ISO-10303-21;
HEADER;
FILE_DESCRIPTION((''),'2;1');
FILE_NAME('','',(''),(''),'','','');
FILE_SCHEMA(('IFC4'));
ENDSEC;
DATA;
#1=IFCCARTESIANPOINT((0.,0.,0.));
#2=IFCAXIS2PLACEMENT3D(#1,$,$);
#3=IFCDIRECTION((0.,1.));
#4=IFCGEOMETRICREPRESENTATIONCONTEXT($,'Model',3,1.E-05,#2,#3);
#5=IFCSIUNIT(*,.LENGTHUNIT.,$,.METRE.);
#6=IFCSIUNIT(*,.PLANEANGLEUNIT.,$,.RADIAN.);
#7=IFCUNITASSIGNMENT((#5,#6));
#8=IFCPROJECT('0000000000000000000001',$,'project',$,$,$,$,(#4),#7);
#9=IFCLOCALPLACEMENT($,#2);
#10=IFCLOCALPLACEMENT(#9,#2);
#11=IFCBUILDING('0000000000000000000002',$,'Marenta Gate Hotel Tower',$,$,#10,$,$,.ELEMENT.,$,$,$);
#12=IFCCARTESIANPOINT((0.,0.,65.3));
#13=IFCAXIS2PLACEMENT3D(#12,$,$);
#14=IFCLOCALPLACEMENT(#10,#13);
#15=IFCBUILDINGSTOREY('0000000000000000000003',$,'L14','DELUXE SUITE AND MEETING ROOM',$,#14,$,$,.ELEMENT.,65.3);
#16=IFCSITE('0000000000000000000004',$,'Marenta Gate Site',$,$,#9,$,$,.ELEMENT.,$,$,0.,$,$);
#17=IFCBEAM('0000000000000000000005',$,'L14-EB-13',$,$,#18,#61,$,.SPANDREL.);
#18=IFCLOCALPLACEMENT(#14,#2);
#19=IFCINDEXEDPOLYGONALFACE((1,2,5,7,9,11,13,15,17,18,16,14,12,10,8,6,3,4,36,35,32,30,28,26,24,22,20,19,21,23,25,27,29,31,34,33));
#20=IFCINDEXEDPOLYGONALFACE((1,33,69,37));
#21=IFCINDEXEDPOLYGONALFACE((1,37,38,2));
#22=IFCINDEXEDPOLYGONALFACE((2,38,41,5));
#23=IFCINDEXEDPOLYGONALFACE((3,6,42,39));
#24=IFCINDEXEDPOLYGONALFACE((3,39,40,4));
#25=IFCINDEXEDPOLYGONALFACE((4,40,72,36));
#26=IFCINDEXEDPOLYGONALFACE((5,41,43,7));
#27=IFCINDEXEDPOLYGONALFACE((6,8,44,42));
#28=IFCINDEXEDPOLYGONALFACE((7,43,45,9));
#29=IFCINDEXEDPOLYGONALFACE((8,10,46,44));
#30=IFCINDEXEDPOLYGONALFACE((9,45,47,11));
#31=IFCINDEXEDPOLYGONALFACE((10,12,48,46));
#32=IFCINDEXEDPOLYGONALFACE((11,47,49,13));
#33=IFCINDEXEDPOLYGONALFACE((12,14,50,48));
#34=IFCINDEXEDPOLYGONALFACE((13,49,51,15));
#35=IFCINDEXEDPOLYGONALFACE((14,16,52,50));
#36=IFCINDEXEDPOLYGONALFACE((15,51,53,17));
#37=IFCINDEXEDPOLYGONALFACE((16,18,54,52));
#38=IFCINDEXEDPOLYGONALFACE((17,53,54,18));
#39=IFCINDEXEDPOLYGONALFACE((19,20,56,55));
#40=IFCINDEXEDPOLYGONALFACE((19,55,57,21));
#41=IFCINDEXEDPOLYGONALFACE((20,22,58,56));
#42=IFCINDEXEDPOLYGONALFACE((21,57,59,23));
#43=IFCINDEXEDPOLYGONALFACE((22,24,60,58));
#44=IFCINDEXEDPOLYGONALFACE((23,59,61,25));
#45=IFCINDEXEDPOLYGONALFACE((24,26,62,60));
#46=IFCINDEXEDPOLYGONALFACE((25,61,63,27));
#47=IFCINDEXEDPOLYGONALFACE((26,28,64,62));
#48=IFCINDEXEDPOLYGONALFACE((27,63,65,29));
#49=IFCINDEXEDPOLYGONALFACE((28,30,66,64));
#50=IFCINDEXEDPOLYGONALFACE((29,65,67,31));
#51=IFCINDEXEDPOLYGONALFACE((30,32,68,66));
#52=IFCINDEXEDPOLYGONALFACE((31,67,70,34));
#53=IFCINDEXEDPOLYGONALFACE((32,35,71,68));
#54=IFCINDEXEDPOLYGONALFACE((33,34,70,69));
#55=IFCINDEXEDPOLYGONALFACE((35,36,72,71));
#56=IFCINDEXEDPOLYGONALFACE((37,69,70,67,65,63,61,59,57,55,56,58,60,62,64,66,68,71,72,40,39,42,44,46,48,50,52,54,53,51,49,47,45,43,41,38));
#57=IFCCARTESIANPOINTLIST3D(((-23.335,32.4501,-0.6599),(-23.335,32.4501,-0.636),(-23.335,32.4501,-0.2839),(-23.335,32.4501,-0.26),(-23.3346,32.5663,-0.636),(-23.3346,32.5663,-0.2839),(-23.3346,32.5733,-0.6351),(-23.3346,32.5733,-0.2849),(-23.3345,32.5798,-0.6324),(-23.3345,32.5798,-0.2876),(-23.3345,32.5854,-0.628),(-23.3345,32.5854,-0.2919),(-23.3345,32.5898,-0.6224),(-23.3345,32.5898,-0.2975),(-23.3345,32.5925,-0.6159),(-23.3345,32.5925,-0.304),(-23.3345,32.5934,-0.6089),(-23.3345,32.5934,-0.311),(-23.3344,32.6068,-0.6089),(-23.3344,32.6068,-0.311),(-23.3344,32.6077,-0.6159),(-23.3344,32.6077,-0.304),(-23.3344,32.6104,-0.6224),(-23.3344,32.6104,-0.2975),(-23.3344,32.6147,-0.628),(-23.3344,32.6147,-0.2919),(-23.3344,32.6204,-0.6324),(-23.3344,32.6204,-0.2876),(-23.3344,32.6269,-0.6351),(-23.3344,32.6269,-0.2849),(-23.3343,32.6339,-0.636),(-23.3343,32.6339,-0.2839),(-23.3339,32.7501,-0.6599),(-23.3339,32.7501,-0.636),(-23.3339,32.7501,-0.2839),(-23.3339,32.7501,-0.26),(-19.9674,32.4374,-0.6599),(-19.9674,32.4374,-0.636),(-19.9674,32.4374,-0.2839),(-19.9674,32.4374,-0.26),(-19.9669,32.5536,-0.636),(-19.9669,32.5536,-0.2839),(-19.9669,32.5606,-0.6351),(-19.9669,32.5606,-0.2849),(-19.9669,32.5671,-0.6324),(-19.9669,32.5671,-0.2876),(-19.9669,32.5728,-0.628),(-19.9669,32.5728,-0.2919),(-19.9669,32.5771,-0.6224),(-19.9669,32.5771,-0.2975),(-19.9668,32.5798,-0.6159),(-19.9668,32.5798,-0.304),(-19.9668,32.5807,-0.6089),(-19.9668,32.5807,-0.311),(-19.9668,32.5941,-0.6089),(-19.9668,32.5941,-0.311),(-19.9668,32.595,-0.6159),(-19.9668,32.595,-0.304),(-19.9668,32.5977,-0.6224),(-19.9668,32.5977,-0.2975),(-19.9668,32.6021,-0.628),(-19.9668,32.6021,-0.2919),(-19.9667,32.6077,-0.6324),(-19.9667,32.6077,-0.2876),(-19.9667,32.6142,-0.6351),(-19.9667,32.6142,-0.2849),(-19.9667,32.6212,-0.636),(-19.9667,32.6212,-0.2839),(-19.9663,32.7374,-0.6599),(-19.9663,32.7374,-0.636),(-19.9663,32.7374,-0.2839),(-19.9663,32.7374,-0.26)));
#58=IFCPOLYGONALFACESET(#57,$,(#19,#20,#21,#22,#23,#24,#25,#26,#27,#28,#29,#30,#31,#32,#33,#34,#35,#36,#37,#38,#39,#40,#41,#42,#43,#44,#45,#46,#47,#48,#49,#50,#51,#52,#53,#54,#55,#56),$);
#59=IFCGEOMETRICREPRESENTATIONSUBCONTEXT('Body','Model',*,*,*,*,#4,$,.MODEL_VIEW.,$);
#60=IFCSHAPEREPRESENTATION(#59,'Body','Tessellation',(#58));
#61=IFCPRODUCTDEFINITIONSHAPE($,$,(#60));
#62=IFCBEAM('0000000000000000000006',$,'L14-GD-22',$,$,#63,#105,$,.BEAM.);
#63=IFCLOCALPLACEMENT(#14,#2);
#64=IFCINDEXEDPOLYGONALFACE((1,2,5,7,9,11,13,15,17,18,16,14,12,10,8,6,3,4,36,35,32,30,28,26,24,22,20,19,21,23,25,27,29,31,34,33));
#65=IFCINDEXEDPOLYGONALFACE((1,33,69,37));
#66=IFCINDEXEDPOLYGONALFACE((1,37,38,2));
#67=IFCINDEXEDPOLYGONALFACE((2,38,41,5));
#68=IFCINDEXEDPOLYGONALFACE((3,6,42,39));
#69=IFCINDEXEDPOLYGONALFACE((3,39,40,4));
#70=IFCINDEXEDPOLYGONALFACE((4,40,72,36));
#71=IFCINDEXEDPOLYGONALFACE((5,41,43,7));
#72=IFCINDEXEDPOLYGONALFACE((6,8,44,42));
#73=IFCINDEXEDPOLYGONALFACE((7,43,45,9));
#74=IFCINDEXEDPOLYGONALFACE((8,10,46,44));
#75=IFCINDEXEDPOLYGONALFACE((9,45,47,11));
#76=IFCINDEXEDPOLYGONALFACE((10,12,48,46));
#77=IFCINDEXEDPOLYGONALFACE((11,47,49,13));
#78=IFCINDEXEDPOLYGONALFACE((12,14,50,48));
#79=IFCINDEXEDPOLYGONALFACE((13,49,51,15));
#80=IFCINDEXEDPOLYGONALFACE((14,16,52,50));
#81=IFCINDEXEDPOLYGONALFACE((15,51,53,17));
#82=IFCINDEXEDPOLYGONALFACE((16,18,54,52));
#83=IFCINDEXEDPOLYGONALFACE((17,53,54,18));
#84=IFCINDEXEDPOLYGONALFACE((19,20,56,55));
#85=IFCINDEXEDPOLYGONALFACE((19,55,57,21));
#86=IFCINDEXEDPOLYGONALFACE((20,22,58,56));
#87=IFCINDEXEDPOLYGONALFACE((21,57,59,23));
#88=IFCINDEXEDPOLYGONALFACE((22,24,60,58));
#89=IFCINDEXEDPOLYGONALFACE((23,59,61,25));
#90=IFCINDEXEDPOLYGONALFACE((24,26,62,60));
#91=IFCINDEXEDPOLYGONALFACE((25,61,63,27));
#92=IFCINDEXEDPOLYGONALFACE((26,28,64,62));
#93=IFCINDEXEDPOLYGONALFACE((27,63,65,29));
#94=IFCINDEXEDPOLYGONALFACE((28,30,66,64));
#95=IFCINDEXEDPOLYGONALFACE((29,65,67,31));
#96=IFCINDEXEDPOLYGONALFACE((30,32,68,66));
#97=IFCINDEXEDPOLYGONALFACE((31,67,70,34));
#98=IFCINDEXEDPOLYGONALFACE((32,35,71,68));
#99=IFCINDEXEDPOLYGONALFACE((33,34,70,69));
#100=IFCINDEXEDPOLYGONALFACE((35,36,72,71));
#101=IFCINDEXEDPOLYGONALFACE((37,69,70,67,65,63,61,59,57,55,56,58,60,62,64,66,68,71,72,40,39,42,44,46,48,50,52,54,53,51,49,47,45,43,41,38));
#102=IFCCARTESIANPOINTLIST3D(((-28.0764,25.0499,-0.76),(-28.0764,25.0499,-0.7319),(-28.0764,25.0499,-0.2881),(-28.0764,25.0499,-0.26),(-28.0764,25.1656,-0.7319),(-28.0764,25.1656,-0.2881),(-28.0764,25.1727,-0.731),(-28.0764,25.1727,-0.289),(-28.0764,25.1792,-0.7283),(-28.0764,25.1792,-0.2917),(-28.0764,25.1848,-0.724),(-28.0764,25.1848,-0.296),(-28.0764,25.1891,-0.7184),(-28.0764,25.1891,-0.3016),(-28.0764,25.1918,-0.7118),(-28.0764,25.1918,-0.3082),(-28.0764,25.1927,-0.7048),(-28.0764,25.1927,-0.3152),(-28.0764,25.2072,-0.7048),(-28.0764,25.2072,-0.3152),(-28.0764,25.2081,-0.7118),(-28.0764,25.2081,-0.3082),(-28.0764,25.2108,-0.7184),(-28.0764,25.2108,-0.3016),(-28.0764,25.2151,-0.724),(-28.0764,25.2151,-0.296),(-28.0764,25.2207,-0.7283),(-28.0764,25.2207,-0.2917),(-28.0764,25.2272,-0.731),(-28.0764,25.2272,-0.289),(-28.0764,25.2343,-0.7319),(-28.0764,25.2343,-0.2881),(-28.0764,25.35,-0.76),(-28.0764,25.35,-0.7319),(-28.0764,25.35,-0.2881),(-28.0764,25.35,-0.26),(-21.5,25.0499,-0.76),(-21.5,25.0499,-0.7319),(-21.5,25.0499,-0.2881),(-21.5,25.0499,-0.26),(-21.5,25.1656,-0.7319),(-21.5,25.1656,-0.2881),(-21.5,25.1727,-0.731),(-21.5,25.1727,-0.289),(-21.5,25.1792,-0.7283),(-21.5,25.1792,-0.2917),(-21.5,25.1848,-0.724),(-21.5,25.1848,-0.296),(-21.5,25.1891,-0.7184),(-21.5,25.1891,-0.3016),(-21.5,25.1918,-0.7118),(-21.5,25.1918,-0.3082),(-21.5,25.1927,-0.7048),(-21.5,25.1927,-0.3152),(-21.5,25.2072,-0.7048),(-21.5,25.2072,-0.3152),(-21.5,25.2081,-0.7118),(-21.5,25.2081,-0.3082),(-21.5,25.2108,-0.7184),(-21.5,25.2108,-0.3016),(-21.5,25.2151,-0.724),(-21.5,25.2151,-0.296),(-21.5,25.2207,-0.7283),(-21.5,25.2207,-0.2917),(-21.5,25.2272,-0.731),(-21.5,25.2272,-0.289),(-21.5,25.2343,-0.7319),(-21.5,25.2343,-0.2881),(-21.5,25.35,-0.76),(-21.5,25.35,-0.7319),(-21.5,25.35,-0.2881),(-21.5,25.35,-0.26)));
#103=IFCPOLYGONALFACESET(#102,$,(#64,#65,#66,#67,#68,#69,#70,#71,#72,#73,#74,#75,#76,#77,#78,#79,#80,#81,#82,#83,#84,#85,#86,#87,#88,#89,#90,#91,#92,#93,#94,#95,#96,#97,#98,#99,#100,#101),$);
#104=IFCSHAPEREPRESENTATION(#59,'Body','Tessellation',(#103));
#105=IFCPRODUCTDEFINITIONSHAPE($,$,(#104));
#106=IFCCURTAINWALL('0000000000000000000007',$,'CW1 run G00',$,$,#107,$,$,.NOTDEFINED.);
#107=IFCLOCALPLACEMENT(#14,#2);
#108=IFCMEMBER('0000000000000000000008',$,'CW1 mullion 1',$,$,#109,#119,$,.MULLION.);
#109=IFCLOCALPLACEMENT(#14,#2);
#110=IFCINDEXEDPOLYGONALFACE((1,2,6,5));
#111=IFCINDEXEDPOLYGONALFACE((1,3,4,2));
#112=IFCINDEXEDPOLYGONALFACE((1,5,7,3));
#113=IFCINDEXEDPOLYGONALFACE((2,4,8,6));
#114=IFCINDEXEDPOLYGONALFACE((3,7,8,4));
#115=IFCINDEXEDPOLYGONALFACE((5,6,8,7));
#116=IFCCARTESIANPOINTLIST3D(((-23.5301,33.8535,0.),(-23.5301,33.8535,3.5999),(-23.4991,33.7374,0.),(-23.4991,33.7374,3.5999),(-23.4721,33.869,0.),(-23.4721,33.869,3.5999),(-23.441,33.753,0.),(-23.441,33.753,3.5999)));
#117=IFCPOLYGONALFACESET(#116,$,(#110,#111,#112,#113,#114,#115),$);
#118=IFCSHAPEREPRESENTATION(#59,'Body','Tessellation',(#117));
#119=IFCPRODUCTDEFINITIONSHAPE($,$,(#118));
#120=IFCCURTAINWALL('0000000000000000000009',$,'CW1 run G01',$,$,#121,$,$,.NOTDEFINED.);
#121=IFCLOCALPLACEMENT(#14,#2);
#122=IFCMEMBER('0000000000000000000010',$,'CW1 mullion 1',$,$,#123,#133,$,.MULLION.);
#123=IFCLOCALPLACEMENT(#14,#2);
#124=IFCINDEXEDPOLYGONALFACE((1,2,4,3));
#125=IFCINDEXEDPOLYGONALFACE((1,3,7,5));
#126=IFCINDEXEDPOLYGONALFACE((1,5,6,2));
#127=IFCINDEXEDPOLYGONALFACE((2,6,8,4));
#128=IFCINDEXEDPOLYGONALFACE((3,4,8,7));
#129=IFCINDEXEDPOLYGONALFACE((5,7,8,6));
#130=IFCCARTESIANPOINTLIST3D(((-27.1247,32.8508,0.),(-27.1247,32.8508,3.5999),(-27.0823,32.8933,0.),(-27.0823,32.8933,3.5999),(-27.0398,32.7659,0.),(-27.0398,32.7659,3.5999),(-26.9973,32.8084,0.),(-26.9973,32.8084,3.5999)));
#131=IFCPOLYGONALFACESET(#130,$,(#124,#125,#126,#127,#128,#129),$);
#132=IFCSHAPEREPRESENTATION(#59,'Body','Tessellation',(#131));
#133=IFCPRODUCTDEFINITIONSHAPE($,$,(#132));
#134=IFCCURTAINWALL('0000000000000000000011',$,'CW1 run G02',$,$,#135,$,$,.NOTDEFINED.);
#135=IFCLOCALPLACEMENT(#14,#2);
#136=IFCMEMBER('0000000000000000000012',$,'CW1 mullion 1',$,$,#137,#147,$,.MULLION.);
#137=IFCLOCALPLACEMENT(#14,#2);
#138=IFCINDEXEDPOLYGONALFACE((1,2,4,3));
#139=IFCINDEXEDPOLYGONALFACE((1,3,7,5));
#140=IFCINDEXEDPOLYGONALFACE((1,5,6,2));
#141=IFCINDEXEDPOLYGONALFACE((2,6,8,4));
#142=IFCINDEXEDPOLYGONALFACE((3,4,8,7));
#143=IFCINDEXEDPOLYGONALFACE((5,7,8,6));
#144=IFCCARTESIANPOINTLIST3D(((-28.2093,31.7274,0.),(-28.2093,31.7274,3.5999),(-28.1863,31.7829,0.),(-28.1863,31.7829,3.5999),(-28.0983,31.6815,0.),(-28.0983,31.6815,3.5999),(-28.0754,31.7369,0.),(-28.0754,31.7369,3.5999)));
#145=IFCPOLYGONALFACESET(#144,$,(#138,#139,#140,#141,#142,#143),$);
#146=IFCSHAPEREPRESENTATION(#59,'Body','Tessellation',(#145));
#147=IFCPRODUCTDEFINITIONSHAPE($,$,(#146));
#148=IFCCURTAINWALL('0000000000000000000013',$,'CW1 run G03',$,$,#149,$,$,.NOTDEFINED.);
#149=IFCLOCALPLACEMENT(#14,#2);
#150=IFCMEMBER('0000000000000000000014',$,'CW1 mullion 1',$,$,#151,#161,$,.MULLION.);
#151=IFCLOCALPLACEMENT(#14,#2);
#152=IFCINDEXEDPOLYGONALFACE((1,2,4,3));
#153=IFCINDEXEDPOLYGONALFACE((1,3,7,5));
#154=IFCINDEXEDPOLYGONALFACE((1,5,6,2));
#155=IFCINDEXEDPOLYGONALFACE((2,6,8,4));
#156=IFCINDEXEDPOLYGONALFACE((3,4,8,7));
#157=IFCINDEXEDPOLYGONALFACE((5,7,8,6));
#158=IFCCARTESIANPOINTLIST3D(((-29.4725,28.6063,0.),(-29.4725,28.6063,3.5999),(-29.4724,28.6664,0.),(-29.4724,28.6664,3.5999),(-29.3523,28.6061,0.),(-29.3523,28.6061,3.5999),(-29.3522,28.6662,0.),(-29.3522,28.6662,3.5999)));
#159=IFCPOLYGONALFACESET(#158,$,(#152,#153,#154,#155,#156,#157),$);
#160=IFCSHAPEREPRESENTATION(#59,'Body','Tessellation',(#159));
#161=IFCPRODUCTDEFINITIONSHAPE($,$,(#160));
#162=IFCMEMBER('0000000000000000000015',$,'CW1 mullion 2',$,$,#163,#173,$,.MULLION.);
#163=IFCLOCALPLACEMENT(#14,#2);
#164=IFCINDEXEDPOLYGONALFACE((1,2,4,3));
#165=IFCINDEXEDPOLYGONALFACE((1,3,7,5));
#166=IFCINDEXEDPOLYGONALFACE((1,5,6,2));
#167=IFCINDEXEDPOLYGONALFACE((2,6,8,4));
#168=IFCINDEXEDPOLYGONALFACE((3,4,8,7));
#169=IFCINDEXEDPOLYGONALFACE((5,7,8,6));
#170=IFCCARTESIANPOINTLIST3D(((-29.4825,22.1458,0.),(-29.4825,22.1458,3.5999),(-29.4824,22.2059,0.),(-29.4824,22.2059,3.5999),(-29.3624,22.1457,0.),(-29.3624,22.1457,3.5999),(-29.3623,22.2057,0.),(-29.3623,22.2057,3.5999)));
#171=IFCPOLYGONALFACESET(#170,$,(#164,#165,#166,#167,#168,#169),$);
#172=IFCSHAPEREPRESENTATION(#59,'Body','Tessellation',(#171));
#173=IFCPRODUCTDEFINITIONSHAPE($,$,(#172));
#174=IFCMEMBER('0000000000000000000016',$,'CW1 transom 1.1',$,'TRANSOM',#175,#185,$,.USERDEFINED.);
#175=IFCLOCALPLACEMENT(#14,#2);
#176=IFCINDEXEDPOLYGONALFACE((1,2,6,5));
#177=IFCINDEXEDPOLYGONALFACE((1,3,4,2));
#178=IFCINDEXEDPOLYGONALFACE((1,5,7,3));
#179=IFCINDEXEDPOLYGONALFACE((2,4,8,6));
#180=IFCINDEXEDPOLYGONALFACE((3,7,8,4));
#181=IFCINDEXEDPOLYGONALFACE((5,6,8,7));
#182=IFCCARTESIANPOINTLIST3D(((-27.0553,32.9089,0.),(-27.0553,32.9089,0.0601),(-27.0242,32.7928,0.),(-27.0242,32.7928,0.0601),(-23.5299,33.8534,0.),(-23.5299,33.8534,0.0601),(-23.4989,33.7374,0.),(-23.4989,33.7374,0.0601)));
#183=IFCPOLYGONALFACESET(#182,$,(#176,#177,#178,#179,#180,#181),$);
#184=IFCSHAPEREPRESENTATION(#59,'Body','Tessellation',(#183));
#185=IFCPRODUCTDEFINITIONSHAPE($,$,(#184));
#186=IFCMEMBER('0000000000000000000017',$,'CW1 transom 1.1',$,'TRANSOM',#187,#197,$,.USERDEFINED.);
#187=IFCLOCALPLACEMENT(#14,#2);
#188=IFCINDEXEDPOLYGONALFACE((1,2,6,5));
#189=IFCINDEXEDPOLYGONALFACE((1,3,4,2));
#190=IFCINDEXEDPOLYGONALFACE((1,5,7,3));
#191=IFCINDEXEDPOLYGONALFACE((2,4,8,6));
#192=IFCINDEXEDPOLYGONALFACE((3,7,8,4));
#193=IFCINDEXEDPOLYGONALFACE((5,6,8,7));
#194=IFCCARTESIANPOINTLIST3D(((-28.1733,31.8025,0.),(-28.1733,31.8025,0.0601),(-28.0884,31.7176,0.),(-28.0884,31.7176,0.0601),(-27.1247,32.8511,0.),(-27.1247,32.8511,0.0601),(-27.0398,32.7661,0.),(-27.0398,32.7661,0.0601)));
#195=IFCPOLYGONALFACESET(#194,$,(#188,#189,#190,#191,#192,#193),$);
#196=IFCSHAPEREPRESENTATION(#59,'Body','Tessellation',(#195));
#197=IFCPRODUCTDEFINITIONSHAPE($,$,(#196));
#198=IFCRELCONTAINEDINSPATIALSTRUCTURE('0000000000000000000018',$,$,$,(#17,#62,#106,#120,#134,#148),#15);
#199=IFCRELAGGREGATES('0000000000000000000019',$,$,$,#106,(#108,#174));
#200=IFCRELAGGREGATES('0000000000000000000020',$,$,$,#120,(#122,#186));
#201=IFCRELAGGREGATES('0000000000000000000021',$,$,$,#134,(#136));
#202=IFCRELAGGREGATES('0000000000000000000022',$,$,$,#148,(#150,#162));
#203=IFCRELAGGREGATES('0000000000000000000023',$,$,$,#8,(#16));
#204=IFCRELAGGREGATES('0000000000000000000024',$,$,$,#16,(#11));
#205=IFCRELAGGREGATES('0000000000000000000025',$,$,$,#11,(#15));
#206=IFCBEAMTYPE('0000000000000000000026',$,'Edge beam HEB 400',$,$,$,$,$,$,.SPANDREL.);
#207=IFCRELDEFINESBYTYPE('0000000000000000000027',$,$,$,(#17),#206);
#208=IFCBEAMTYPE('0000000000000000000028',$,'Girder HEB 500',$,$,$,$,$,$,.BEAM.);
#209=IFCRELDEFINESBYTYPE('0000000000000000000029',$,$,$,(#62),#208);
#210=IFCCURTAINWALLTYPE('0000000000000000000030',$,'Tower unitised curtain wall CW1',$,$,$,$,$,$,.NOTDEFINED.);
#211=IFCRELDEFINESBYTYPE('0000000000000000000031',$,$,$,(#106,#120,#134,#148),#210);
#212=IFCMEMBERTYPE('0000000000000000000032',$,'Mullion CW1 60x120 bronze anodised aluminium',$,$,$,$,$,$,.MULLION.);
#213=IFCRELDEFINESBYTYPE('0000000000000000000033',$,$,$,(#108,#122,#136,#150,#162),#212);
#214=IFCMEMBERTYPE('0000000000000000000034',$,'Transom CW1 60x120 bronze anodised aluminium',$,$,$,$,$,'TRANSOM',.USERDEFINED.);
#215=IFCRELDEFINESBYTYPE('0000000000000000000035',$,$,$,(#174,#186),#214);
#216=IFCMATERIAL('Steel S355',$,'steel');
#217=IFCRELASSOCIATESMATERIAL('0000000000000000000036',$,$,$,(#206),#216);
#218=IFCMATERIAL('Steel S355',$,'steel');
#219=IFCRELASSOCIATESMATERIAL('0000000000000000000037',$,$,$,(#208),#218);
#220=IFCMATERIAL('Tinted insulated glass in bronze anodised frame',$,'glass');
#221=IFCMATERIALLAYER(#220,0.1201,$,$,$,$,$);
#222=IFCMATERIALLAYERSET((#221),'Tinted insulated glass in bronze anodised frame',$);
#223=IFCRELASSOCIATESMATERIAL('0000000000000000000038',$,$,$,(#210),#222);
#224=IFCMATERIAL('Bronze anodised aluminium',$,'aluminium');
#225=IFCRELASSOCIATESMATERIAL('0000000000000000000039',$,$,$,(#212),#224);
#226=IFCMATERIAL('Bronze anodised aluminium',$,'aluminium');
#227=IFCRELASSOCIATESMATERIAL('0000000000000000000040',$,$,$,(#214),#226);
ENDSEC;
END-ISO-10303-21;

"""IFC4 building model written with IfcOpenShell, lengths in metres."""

from ifc_helpers import new_model, si_unit, direction, frame, origin, origin_2d, place, context, subcontext, project, spatial, rectangle, i_section, extrude, material, layer, layer_set, material_profile, profile_set, type_object, element, aggregate, save


model = new_model("IFC4")

# Units and contexts
model_context = context("Model", 3, precision=1e-05, world=origin(), true_north=direction((0.0, 1.0)))
body_context = subcontext(model_context, "Body", "Model", "MODEL_VIEW")
ifc_project = project(units=[si_unit("LENGTHUNIT", "METRE"), si_unit("PLANEANGLEUNIT", "RADIAN")], contexts=[model_context])

# Site, building, storey
site_placement = place(None, origin())
site = spatial("IfcSite", under=ifc_project, at=site_placement, Name="Marenta Gate Site", CompositionType="ELEMENT", RefElevation=0.0)
building_placement = place(site_placement, origin())
building = spatial("IfcBuilding", under=site, at=building_placement, Name="Marenta Gate Hotel Tower", CompositionType="ELEMENT")
storey_placement = place(building_placement, frame((0.0, 0.0, 65.3)))
storey = spatial("IfcBuildingStorey", under=building, at=storey_placement, Name="L14", Description="DELUXE SUITE AND MEETING ROOM", CompositionType="ELEMENT", Elevation=65.3)

# Beams
ifc_material_1 = material(Name="Steel S355", Category="steel")
ifc_material_profile_1 = material_profile(ifc_material_1, i_section(OverallWidth=0.3, OverallDepth=0.3999, WebThickness=0.0134, FlangeThickness=0.0239, FilletRadius=0.0271, at=origin_2d()), Name="HEB 400")
ifc_profile_set_1 = profile_set([ifc_material_profile_1], Name="Steel S355")
beam_type_1 = type_object("IfcBeamType", Name="Edge beam HEB 400", PredefinedType="SPANDREL", material=ifc_profile_set_1)
beam_1_placement = place(storey_placement, frame((-23.3345, 32.6001, -0.46), z_axis=(0.999993, -0.00377, 0.0), x_axis=(0.00377, 0.999993, 0.0)))
element("IfcBeam", 1, at=beam_1_placement, inside=storey, type_object=beam_type_1, Name="L14-EB-13", PredefinedType="SPANDREL", context=body_context, shape_type="SweptSolid", body=[
    extrude(i_section(OverallWidth=0.3, OverallDepth=0.3999, WebThickness=0.0134, FlangeThickness=0.0239, FilletRadius=0.0271, at=origin_2d()), origin(), (0.0, 0.0, 1.0), 3.3677),
])
ifc_material_2 = material(Name="Steel S355", Category="steel")
ifc_material_profile_2 = material_profile(ifc_material_2, i_section(OverallWidth=0.3, OverallDepth=0.5, WebThickness=0.0144, FlangeThickness=0.0281, FilletRadius=0.0271, at=origin_2d()), Name="HEB 500")
ifc_profile_set_2 = profile_set([ifc_material_profile_2], Name="Steel S355")
beam_type_2 = type_object("IfcBeamType", Name="Girder HEB 500", PredefinedType="BEAM", material=ifc_profile_set_2)
beam_2_placement = place(storey_placement, frame((-28.0764, 25.2, -0.51), z_axis=(1.0, 0.0, 0.0), x_axis=(0.0, 1.0, 0.0)))
element("IfcBeam", 2, at=beam_2_placement, inside=storey, type_object=beam_type_2, Name="L14-GD-22", PredefinedType="BEAM", context=body_context, shape_type="SweptSolid", body=[
    extrude(i_section(OverallWidth=0.3, OverallDepth=0.5, WebThickness=0.0144, FlangeThickness=0.0281, FilletRadius=0.0271, at=origin_2d()), origin(), (0.0, 0.0, 1.0), 6.5764),
])

# Curtain walls, members
ifc_material_3 = material(Name="Tinted insulated glass in bronze anodised frame", Category="glass")
ifc_layer_1 = layer(ifc_material_3, 0.1201)
ifc_layer_set_1 = layer_set([ifc_layer_1], Name="Tinted insulated glass in bronze anodised frame")
curtain_wall_type = type_object("IfcCurtainWallType", Name="Tower unitised curtain wall CW1", PredefinedType="NOTDEFINED", material=ifc_layer_set_1)
curtain_wall_1_placement = place(storey_placement, origin())
curtain_wall_1 = element("IfcCurtainWall", 3, at=curtain_wall_1_placement, inside=storey, type_object=curtain_wall_type, Name="CW1 run G00", PredefinedType="NOTDEFINED")
ifc_material_4 = material(Name="Bronze anodised aluminium", Category="aluminium")
ifc_material_profile_3 = material_profile(ifc_material_4, rectangle(XDim=0.1201, YDim=0.0601, at=origin_2d()), Name="Mullion CW1 60x120 bronze anodised aluminium")
ifc_profile_set_3 = profile_set([ifc_material_profile_3], Name="Bronze anodised aluminium")
member_type_1 = type_object("IfcMemberType", Name="Mullion CW1 60x120 bronze anodised aluminium", PredefinedType="MULLION", material=ifc_profile_set_3)
member_1_placement = place(storey_placement, frame((-23.4856, 33.8032, 0.0), z_axis=(0.0, 0.0, 1.0), x_axis=(0.258802, -0.96593, 0.0)))
member_1 = element("IfcMember", 4, at=member_1_placement, type_object=member_type_1, Name="CW1 mullion 1", PredefinedType="MULLION", context=body_context, shape_type="SweptSolid", body=[
    extrude(rectangle(XDim=0.1201, YDim=0.0601, at=origin_2d()), origin(), (0.0, 0.0, 1.0), 3.5999),
])
curtain_wall_2_placement = place(storey_placement, origin())
curtain_wall_2 = element("IfcCurtainWall", 5, at=curtain_wall_2_placement, inside=storey, type_object=curtain_wall_type, Name="CW1 run G01", PredefinedType="NOTDEFINED")
member_2_placement = place(storey_placement, frame((-27.061, 32.8296, 0.0), z_axis=(0.0, 0.0, 1.0), x_axis=(0.707107, -0.707107, 0.0)))
member_2 = element("IfcMember", 6, at=member_2_placement, type_object=member_type_1, Name="CW1 mullion 1", PredefinedType="MULLION", context=body_context, shape_type="SweptSolid", body=[
    extrude(rectangle(XDim=0.1201, YDim=0.0601, at=origin_2d()), origin(), (0.0, 0.0, 1.0), 3.5999),
])
curtain_wall_3_placement = place(storey_placement, origin())
curtain_wall_3 = element("IfcCurtainWall", 7, at=curtain_wall_3_placement, inside=storey, type_object=curtain_wall_type, Name="CW1 run G02", PredefinedType="NOTDEFINED")
member_3_placement = place(storey_placement, frame((-28.1423, 31.7322, 0.0), z_axis=(0.0, 0.0, 1.0), x_axis=(0.923885, -0.38267, 0.0)))
member_3 = element("IfcMember", 8, at=member_3_placement, type_object=member_type_1, Name="CW1 mullion 1", PredefinedType="MULLION", context=body_context, shape_type="SweptSolid", body=[
    extrude(rectangle(XDim=0.1201, YDim=0.0601, at=origin_2d()), origin(), (0.0, 0.0, 1.0), 3.5999),
])

# Curtain wall, members
curtain_wall_4_placement = place(storey_placement, origin())
curtain_wall_4 = element("IfcCurtainWall", 9, at=curtain_wall_4_placement, inside=storey, type_object=curtain_wall_type, Name="CW1 run G03", PredefinedType="NOTDEFINED")
member_4_placement = place(storey_placement, frame((-29.4124, 28.6362, 0.0), z_axis=(0.0, 0.0, 1.0), x_axis=(0.999999, -0.001566, 0.0)))
member_4 = element("IfcMember", 10, at=member_4_placement, type_object=member_type_1, Name="CW1 mullion 1", PredefinedType="MULLION", context=body_context, shape_type="SweptSolid", body=[
    extrude(rectangle(XDim=0.1201, YDim=0.0601, at=origin_2d()), origin(), (0.0, 0.0, 1.0), 3.5999),
])
member_5_placement = place(storey_placement, frame((-29.4224, 22.1758, 0.0), z_axis=(0.0, 0.0, 1.0), x_axis=(0.999999, -0.001566, 0.0)))
member_5 = element("IfcMember", 11, at=member_5_placement, type_object=member_type_1, Name="CW1 mullion 2", PredefinedType="MULLION", context=body_context, shape_type="SweptSolid", body=[
    extrude(rectangle(XDim=0.1201, YDim=0.0601, at=origin_2d()), origin(), (0.0, 0.0, 1.0), 3.5999),
])

# Members
ifc_material_5 = material(Name="Bronze anodised aluminium", Category="aluminium")
ifc_material_profile_4 = material_profile(ifc_material_5, rectangle(XDim=0.1201, YDim=0.0601, at=origin_2d()), Name="Transom CW1 60x120 bronze anodised aluminium")
ifc_profile_set_4 = profile_set([ifc_material_profile_4], Name="Bronze anodised aluminium")
member_type_2 = type_object("IfcMemberType", Name="Transom CW1 60x120 bronze anodised aluminium", ElementType="TRANSOM", PredefinedType="USERDEFINED", material=ifc_profile_set_4)
member_6_placement = place(storey_placement, frame((-23.5144, 33.7954, 0.03), z_axis=(-0.965929, -0.258807, 0.0), x_axis=(0.258807, -0.965929, 0.0)))
member_6 = element("IfcMember", 12, at=member_6_placement, type_object=member_type_2, Name="CW1 transom 1.1", ObjectType="TRANSOM", PredefinedType="USERDEFINED", context=body_context, shape_type="SweptSolid", body=[
    extrude(rectangle(XDim=0.1201, YDim=0.0601, at=origin_2d()), origin(), (0.0, 0.0, 1.0), 3.6497),
])
member_7_placement = place(storey_placement, frame((-27.0823, 32.8086, 0.03), z_axis=(-0.707107, -0.707107, 0.0), x_axis=(0.707107, -0.707107, 0.0)))
member_7 = element("IfcMember", 13, at=member_7_placement, type_object=member_type_2, Name="CW1 transom 1.1", ObjectType="TRANSOM", PredefinedType="USERDEFINED", context=body_context, shape_type="SweptSolid", body=[
    extrude(rectangle(XDim=0.1201, YDim=0.0601, at=origin_2d()), origin(), (0.0, 0.0, 1.0), 1.4829),
])

aggregate(curtain_wall_1, [member_1, member_6])
aggregate(curtain_wall_2, [member_2, member_7])
aggregate(curtain_wall_3, [member_3])
aggregate(curtain_wall_4, [member_4, member_5])

save(model, "model.ifc")
